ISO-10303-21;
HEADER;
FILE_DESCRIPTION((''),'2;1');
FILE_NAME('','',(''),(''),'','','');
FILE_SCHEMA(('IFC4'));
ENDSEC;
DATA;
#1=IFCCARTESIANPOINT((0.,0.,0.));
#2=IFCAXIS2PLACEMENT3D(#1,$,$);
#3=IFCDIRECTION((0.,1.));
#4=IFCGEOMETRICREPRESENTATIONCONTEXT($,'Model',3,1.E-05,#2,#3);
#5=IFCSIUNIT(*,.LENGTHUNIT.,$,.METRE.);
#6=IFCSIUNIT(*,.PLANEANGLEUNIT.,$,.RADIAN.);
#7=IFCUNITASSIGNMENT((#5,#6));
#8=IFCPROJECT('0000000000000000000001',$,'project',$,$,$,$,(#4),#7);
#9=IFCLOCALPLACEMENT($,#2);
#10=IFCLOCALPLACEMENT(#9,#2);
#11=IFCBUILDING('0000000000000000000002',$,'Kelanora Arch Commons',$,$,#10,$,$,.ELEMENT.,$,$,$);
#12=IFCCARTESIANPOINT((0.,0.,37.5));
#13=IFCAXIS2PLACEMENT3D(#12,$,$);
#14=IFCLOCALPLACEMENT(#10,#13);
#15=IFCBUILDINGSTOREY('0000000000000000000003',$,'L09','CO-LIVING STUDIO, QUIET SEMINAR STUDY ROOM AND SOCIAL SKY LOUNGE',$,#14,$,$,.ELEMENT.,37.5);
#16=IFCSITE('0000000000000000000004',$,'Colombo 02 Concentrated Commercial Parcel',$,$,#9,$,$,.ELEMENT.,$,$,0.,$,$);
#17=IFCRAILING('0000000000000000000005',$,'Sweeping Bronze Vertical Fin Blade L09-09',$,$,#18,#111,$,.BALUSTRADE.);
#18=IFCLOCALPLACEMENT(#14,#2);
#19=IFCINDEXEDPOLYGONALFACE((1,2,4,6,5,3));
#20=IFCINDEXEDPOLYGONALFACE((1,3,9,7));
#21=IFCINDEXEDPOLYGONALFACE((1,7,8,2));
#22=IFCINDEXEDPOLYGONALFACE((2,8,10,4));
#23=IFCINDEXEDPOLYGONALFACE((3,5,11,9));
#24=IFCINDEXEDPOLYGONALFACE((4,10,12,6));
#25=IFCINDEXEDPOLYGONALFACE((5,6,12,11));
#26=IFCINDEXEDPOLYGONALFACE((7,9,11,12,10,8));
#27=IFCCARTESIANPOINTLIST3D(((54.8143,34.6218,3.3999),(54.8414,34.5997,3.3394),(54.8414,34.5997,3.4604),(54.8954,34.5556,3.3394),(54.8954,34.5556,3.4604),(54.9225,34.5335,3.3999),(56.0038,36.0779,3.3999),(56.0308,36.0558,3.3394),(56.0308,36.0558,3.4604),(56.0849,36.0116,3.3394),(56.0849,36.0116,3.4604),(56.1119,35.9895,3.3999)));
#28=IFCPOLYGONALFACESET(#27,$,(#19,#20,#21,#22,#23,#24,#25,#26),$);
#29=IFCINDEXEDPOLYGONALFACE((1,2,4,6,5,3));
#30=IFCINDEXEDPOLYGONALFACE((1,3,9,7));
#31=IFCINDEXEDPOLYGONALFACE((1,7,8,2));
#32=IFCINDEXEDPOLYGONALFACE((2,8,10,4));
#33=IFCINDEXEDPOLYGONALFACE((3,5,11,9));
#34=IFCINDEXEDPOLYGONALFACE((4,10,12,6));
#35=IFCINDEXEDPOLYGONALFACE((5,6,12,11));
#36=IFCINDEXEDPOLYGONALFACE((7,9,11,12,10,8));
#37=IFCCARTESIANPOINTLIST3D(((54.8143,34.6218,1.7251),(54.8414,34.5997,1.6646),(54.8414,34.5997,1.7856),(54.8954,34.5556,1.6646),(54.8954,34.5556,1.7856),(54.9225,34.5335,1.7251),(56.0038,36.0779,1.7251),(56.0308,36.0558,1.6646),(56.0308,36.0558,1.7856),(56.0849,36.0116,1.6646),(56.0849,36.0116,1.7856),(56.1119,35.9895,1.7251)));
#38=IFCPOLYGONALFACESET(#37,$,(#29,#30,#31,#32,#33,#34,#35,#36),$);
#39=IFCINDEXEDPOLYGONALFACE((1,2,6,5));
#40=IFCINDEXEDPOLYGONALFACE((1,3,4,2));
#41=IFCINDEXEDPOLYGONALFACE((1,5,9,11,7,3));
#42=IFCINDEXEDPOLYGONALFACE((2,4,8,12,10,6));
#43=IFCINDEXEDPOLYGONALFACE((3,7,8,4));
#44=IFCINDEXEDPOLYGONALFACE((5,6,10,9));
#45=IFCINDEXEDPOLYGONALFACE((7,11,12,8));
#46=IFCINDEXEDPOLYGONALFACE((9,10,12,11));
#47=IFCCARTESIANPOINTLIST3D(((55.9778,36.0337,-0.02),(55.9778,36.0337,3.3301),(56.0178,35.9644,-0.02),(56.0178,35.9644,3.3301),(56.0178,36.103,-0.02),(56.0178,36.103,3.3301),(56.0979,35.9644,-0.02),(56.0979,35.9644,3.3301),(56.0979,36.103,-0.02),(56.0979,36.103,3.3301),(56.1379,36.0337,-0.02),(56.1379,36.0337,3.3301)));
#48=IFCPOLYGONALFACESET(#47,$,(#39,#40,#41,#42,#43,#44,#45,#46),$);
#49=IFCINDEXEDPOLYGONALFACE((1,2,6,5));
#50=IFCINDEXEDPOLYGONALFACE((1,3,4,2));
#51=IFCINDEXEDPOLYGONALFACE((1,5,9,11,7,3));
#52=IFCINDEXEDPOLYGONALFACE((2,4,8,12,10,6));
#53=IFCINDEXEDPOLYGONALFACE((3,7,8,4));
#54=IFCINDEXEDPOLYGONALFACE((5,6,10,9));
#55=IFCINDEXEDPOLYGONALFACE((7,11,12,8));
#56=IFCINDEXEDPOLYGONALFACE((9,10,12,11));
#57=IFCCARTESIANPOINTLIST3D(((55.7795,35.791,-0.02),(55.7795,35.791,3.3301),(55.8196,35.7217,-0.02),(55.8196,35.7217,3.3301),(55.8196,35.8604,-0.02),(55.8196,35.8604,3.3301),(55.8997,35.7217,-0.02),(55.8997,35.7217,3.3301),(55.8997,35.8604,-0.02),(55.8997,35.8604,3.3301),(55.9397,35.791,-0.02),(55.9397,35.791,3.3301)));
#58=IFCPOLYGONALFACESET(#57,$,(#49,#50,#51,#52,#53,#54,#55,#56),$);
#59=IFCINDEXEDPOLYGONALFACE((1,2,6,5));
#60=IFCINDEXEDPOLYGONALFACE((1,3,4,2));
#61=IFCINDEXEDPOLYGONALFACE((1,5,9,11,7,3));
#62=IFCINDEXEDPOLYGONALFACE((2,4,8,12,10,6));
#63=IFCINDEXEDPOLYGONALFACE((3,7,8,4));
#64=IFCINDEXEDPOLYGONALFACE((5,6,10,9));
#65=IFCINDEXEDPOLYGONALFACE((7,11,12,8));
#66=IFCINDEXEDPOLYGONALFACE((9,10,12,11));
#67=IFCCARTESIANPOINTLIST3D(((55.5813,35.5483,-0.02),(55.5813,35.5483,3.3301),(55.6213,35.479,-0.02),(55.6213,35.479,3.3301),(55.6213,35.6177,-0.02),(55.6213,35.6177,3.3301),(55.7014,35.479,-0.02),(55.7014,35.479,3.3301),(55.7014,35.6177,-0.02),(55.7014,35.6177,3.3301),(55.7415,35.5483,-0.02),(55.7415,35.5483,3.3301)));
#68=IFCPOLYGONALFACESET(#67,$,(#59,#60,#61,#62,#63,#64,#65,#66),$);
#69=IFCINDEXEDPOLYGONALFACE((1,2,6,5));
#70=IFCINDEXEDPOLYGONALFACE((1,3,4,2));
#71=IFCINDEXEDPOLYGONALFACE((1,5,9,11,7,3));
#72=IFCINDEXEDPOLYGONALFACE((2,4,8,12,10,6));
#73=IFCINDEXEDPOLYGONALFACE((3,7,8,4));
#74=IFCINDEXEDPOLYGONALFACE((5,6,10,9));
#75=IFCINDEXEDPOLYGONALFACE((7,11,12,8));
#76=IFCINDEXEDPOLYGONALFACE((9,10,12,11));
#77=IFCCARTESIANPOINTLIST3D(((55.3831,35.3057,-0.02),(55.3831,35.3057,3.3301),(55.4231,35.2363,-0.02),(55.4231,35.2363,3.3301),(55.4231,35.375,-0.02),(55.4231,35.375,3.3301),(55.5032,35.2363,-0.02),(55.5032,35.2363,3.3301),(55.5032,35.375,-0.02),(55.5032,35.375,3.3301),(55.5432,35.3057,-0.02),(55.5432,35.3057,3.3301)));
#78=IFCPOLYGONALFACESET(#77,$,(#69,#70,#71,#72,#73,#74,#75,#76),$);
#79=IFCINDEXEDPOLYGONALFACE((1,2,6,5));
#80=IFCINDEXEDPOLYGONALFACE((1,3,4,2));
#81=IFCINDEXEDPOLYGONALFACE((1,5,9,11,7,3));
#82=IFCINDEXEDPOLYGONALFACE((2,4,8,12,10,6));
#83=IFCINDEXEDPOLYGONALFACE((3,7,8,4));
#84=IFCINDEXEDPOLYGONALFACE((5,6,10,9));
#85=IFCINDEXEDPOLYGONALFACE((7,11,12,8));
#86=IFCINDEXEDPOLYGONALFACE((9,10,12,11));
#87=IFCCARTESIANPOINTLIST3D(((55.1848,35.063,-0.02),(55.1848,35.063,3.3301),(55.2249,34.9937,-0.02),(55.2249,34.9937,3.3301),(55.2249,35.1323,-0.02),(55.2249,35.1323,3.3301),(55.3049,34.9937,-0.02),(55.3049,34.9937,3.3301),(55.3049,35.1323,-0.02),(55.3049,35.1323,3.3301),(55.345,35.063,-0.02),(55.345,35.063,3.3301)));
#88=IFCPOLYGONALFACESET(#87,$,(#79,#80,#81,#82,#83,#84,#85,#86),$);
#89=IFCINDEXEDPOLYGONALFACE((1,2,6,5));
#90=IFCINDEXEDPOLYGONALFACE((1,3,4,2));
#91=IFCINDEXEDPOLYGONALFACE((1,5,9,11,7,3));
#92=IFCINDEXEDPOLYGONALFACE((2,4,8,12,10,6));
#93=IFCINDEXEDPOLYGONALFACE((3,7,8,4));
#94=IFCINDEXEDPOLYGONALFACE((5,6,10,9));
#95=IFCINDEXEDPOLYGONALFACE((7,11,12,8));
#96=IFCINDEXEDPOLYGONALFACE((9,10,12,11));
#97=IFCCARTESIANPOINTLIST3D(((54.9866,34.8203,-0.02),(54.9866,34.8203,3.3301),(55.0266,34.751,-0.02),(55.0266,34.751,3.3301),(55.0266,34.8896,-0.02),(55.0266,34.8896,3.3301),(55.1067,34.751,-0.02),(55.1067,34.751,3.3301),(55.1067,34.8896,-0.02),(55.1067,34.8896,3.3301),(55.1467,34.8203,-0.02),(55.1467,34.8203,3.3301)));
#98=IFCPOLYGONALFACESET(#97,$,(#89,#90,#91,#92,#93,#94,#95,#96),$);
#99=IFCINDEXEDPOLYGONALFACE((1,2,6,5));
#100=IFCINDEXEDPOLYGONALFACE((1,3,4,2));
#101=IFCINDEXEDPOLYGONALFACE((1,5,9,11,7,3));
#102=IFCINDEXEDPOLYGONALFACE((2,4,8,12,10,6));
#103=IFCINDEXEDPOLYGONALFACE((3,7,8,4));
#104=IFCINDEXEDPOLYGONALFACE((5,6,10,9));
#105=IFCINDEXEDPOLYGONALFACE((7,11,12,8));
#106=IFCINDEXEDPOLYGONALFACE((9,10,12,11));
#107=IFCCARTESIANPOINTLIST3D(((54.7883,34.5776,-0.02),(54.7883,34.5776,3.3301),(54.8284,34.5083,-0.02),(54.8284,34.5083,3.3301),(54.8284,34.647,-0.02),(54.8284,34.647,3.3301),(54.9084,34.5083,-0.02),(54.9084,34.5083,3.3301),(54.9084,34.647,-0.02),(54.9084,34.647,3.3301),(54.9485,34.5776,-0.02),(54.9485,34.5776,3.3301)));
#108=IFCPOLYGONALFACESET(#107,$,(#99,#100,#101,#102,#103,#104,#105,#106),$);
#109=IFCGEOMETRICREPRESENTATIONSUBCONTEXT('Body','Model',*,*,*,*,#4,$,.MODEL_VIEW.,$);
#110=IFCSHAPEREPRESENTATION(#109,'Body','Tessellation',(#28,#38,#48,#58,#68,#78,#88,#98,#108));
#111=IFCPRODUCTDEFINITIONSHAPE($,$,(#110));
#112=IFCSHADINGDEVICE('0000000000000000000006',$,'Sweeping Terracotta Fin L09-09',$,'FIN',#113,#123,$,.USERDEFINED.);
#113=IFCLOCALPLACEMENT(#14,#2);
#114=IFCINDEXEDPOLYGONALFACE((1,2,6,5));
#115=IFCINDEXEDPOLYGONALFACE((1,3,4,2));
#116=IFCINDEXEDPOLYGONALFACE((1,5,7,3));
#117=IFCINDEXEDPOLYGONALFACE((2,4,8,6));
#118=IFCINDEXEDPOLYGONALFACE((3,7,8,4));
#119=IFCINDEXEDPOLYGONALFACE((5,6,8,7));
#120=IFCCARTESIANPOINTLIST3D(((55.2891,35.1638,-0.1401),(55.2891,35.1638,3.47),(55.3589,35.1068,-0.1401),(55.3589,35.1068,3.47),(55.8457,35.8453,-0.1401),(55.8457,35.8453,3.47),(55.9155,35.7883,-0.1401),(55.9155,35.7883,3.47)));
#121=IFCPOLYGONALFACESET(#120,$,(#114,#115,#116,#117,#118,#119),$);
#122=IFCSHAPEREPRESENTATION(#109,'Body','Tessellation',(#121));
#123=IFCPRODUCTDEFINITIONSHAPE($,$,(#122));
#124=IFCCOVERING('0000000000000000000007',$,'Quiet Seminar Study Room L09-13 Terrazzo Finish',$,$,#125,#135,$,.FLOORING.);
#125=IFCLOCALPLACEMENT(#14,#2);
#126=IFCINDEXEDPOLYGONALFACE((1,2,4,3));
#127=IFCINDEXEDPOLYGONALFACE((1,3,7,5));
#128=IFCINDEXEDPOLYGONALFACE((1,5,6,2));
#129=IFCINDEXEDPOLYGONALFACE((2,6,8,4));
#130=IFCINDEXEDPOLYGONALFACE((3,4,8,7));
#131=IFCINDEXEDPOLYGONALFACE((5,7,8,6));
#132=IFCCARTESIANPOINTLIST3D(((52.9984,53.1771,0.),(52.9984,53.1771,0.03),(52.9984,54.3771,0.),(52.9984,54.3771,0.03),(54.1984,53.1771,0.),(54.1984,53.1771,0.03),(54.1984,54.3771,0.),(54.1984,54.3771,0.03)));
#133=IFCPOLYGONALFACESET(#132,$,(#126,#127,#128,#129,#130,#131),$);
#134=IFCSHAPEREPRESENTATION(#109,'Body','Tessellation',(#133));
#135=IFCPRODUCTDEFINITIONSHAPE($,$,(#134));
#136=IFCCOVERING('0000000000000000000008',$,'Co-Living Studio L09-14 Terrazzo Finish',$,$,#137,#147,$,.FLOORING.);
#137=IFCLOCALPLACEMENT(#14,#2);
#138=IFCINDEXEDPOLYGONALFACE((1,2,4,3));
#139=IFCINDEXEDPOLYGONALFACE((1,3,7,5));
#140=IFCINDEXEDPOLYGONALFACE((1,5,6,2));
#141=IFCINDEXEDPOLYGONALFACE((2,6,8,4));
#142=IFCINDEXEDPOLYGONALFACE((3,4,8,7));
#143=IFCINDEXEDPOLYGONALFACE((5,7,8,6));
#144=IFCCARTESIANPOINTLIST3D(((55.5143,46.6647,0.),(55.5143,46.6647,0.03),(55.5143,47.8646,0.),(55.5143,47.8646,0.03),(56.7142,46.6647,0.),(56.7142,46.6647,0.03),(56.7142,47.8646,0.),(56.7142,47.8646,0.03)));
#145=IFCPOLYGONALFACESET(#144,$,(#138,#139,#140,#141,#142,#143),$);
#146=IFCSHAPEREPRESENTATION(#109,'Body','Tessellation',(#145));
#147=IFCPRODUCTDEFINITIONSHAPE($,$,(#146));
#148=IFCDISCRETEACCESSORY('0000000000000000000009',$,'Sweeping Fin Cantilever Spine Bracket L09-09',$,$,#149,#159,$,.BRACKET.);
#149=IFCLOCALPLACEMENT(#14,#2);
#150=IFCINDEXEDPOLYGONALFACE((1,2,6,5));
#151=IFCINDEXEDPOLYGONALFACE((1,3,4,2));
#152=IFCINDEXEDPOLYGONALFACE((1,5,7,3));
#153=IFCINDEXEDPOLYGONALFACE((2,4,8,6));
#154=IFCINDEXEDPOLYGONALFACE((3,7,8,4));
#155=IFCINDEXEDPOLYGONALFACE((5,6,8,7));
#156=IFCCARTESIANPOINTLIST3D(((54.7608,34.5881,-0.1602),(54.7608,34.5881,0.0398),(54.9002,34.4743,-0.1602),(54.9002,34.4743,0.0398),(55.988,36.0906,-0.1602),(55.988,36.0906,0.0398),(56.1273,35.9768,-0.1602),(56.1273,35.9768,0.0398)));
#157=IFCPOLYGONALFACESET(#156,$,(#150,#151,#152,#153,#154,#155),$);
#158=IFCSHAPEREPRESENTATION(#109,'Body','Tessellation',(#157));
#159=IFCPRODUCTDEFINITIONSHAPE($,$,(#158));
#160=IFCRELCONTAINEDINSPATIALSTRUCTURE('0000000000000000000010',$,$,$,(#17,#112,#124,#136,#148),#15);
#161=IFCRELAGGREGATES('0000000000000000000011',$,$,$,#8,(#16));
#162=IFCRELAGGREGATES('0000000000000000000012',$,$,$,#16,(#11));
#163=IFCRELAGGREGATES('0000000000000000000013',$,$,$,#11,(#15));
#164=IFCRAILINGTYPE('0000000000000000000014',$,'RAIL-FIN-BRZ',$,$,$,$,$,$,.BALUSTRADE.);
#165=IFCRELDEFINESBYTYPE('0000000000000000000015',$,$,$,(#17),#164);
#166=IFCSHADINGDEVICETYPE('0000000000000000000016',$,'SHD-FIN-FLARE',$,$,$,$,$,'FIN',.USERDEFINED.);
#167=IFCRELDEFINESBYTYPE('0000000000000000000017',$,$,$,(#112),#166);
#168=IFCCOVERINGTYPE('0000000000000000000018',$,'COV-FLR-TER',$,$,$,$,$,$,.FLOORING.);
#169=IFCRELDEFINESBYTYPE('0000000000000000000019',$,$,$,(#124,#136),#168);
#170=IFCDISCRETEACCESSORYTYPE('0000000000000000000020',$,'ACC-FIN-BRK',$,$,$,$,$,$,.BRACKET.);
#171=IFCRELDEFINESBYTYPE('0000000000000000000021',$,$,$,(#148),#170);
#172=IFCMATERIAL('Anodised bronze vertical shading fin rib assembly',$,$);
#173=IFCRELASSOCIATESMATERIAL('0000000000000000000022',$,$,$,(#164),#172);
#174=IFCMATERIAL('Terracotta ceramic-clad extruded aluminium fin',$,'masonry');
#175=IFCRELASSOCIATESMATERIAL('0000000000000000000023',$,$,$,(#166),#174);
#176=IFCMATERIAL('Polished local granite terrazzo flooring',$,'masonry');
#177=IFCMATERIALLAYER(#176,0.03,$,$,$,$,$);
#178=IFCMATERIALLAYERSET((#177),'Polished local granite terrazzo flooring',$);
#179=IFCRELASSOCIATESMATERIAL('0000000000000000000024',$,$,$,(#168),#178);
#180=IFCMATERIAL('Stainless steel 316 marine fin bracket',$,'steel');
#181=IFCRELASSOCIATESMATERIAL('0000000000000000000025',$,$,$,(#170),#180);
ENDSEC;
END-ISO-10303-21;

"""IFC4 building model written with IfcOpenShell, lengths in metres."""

from ifc_helpers import new_model, si_unit, direction, frame, origin, origin_2d, place, context, subcontext, project, spatial, polyline, rectangle, outline, extrude, source, transform, mapped, material, layer, layer_set, type_object, element, save


model = new_model("IFC4")

# Units and contexts
model_context = context("Model", 3, precision=1e-05, world=origin(), true_north=direction((0.0, 1.0)))
body_context = subcontext(model_context, "Body", "Model", "MODEL_VIEW")
ifc_project = project(units=[si_unit("LENGTHUNIT", "METRE"), si_unit("PLANEANGLEUNIT", "RADIAN")], contexts=[model_context])

# Site, building, storey
site_placement = place(None, origin())
site = spatial("IfcSite", under=ifc_project, at=site_placement, Name="Colombo 02 Concentrated Commercial Parcel", CompositionType="ELEMENT", RefElevation=0.0)
building_placement = place(site_placement, origin())
building = spatial("IfcBuilding", under=site, at=building_placement, Name="Kelanora Arch Commons", CompositionType="ELEMENT")
storey_placement = place(building_placement, frame((0.0, 0.0, 37.5)))
storey = spatial("IfcBuildingStorey", under=building, at=storey_placement, Name="L09", Description="CO-LIVING STUDIO, QUIET SEMINAR STUDY ROOM AND SOCIAL SKY LOUNGE", CompositionType="ELEMENT", Elevation=37.5)

# Railing
ifc_material_1 = material(Name="Anodised bronze vertical shading fin rib assembly")
railing_type = type_object("IfcRailingType", Name="RAIL-FIN-BRZ", PredefinedType="BALUSTRADE", material=ifc_material_1)
railing_placement = place(storey_placement, frame((56.0579, 36.0337, -0.02)))
element("IfcRailing", 1, at=railing_placement, inside=storey, type_object=railing_type, Name="Sweeping Bronze Vertical Fin Blade L09-09", PredefinedType="BALUSTRADE", context=body_context, shape_type="SweptSolid", body=[
    extrude(outline(polyline([(0.0698, 0.0), (0.0349, 0.0605), (-0.0349, 0.0605), (-0.0698, 0.0), (-0.0349, -0.0605), (0.0349, -0.0605), (0.0698, 0.0)])), frame((0.0, 0.0, 3.4199), z_axis=(-0.632644, -0.774443, 0.0), x_axis=(0.774443, -0.632644, 0.0)), (0.0, 0.0, 1.0), 1.8801),
    extrude(outline(polyline([(0.0698, 0.0), (0.0349, 0.0605), (-0.0349, 0.0605), (-0.0698, 0.0), (-0.0349, -0.0605), (0.0349, -0.0605), (0.0698, 0.0)])), frame((0.0, 0.0, 1.7451), z_axis=(-0.632644, -0.774443, 0.0), x_axis=(0.774443, -0.632644, 0.0)), (0.0, 0.0, 1.0), 1.8801),
    extrude(outline(polyline([(0.0801, 0.0), (0.04, 0.0693), (-0.04, 0.0693), (-0.0801, 0.0), (-0.04, -0.0693), (0.04, -0.0693), (0.0801, 0.0)])), origin(), (0.0, 0.0, 1.0), 3.3501),
    extrude(outline(polyline([(0.0801, 0.0), (0.04, 0.0693), (-0.04, 0.0693), (-0.0801, 0.0), (-0.04, -0.0693), (0.04, -0.0693), (0.0801, 0.0)])), frame((-0.1982, -0.2427, 0.0)), (0.0, 0.0, 1.0), 3.3501),
    extrude(outline(polyline([(0.0801, 0.0), (0.04, 0.0693), (-0.04, 0.0693), (-0.0801, 0.0), (-0.04, -0.0693), (0.04, -0.0693), (0.0801, 0.0)])), frame((-0.3965, -0.4854, 0.0)), (0.0, 0.0, 1.0), 3.3501),
    extrude(outline(polyline([(0.0801, 0.0), (0.04, 0.0693), (-0.04, 0.0693), (-0.0801, 0.0), (-0.04, -0.0693), (0.04, -0.0693), (0.0801, 0.0)])), frame((-0.5947, -0.728, 0.0)), (0.0, 0.0, 1.0), 3.3501),
    extrude(outline(polyline([(0.0801, 0.0), (0.04, 0.0693), (-0.04, 0.0693), (-0.0801, 0.0), (-0.04, -0.0693), (0.04, -0.0693), (0.0801, 0.0)])), frame((-0.793, -0.9707, 0.0)), (0.0, 0.0, 1.0), 3.3501),
    extrude(outline(polyline([(0.0801, 0.0), (0.04, 0.0693), (-0.04, 0.0693), (-0.0801, 0.0), (-0.04, -0.0693), (0.04, -0.0693), (0.0801, 0.0)])), frame((-0.9912, -1.2134, 0.0)), (0.0, 0.0, 1.0), 3.3501),
    extrude(outline(polyline([(0.0801, 0.0), (0.04, 0.0693), (-0.04, 0.0693), (-0.0801, 0.0), (-0.04, -0.0693), (0.04, -0.0693), (0.0801, 0.0)])), frame((-1.1895, -1.4561, 0.0)), (0.0, 0.0, 1.0), 3.3501),
])

# Shading device
ifc_material_2 = material(Name="Terracotta ceramic-clad extruded aluminium fin", Category="masonry")
shading_device_type = type_object("IfcShadingDeviceType", Name="SHD-FIN-FLARE", ElementType="FIN", PredefinedType="USERDEFINED", material=ifc_material_2)
shared_shape_1 = source(origin(), body_context, "Body", "SweptSolid", [
    extrude(rectangle(XDim=0.8799, YDim=0.0901, at=origin_2d()), origin(), (0.0, 0.0, 1.0), 3.6101),
])
shading_device_placement = place(storey_placement, frame((55.6023, 35.4761, -0.1401), z_axis=(0.0, 0.0, 1.0), x_axis=(-0.63257, -0.774503, 0.0)))
element("IfcShadingDevice", 2, at=shading_device_placement, inside=storey, type_object=shading_device_type, Name="Sweeping Terracotta Fin L09-09", ObjectType="FIN", PredefinedType="USERDEFINED", context=body_context, shape_type="MappedRepresentation", body=[
    mapped(shared_shape_1, transform((0.0, 0.0, 0.0), scale=1.0)),
])

# Coverings
ifc_material_3 = material(Name="Polished local granite terrazzo flooring", Category="masonry")
ifc_layer_1 = layer(ifc_material_3, 0.03)
ifc_layer_set_1 = layer_set([ifc_layer_1], Name="Polished local granite terrazzo flooring")
covering_type = type_object("IfcCoveringType", Name="COV-FLR-TER", PredefinedType="FLOORING", material=ifc_layer_set_1)
shared_shape_2 = source(origin(), body_context, "Body", "SweptSolid", [
    extrude(rectangle(XDim=1.2, YDim=1.2, at=origin_2d()), origin(), (0.0, 0.0, 1.0), 0.03),
])
for number, where, z_axis, x_axis, name in (
    (3, (53.5984, 53.7771, 0.0), (0.0, 0.0, 1.0), (1.0, 0.0, 0.0), "Quiet Seminar Study Room L09-13 Terrazzo Finish"),
    (4, (56.1143, 47.2646, 0.0), (0.0, 0.0, 1.0), (1.0, 0.0, 0.0), "Co-Living Studio L09-14 Terrazzo Finish"),
):
    element("IfcCovering", number, at=place(storey_placement, frame(where, z_axis=z_axis, x_axis=x_axis)), inside=storey, type_object=covering_type, Name=name, PredefinedType="FLOORING", context=body_context, shape_type="MappedRepresentation", body=[
        mapped(shared_shape_2, transform((0.0, 0.0, 0.0), scale=1.0)),
    ])

# Discrete accessory
ifc_material_4 = material(Name="Stainless steel 316 marine fin bracket", Category="steel")
discrete_accessory_type = type_object("IfcDiscreteAccessoryType", Name="ACC-FIN-BRK", PredefinedType="BRACKET", material=ifc_material_4)
shared_shape_3 = source(origin(), body_context, "Body", "SweptSolid", [
    extrude(rectangle(XDim=1.9399, YDim=0.1799, at=origin_2d()), origin(), (0.0, 0.0, 1.0), 0.2),
])
discrete_accessory_placement = place(storey_placement, frame((55.4441, 35.2825, -0.1602), z_axis=(0.0, 0.0, 1.0), x_axis=(-0.63257, -0.774503, 0.0)))
element("IfcDiscreteAccessory", 5, at=discrete_accessory_placement, inside=storey, type_object=discrete_accessory_type, Name="Sweeping Fin Cantilever Spine Bracket L09-09", PredefinedType="BRACKET", context=body_context, shape_type="MappedRepresentation", body=[
    mapped(shared_shape_3, transform((0.0, 0.0, 0.0), scale=1.0)),
])

save(model, "model.ifc")
